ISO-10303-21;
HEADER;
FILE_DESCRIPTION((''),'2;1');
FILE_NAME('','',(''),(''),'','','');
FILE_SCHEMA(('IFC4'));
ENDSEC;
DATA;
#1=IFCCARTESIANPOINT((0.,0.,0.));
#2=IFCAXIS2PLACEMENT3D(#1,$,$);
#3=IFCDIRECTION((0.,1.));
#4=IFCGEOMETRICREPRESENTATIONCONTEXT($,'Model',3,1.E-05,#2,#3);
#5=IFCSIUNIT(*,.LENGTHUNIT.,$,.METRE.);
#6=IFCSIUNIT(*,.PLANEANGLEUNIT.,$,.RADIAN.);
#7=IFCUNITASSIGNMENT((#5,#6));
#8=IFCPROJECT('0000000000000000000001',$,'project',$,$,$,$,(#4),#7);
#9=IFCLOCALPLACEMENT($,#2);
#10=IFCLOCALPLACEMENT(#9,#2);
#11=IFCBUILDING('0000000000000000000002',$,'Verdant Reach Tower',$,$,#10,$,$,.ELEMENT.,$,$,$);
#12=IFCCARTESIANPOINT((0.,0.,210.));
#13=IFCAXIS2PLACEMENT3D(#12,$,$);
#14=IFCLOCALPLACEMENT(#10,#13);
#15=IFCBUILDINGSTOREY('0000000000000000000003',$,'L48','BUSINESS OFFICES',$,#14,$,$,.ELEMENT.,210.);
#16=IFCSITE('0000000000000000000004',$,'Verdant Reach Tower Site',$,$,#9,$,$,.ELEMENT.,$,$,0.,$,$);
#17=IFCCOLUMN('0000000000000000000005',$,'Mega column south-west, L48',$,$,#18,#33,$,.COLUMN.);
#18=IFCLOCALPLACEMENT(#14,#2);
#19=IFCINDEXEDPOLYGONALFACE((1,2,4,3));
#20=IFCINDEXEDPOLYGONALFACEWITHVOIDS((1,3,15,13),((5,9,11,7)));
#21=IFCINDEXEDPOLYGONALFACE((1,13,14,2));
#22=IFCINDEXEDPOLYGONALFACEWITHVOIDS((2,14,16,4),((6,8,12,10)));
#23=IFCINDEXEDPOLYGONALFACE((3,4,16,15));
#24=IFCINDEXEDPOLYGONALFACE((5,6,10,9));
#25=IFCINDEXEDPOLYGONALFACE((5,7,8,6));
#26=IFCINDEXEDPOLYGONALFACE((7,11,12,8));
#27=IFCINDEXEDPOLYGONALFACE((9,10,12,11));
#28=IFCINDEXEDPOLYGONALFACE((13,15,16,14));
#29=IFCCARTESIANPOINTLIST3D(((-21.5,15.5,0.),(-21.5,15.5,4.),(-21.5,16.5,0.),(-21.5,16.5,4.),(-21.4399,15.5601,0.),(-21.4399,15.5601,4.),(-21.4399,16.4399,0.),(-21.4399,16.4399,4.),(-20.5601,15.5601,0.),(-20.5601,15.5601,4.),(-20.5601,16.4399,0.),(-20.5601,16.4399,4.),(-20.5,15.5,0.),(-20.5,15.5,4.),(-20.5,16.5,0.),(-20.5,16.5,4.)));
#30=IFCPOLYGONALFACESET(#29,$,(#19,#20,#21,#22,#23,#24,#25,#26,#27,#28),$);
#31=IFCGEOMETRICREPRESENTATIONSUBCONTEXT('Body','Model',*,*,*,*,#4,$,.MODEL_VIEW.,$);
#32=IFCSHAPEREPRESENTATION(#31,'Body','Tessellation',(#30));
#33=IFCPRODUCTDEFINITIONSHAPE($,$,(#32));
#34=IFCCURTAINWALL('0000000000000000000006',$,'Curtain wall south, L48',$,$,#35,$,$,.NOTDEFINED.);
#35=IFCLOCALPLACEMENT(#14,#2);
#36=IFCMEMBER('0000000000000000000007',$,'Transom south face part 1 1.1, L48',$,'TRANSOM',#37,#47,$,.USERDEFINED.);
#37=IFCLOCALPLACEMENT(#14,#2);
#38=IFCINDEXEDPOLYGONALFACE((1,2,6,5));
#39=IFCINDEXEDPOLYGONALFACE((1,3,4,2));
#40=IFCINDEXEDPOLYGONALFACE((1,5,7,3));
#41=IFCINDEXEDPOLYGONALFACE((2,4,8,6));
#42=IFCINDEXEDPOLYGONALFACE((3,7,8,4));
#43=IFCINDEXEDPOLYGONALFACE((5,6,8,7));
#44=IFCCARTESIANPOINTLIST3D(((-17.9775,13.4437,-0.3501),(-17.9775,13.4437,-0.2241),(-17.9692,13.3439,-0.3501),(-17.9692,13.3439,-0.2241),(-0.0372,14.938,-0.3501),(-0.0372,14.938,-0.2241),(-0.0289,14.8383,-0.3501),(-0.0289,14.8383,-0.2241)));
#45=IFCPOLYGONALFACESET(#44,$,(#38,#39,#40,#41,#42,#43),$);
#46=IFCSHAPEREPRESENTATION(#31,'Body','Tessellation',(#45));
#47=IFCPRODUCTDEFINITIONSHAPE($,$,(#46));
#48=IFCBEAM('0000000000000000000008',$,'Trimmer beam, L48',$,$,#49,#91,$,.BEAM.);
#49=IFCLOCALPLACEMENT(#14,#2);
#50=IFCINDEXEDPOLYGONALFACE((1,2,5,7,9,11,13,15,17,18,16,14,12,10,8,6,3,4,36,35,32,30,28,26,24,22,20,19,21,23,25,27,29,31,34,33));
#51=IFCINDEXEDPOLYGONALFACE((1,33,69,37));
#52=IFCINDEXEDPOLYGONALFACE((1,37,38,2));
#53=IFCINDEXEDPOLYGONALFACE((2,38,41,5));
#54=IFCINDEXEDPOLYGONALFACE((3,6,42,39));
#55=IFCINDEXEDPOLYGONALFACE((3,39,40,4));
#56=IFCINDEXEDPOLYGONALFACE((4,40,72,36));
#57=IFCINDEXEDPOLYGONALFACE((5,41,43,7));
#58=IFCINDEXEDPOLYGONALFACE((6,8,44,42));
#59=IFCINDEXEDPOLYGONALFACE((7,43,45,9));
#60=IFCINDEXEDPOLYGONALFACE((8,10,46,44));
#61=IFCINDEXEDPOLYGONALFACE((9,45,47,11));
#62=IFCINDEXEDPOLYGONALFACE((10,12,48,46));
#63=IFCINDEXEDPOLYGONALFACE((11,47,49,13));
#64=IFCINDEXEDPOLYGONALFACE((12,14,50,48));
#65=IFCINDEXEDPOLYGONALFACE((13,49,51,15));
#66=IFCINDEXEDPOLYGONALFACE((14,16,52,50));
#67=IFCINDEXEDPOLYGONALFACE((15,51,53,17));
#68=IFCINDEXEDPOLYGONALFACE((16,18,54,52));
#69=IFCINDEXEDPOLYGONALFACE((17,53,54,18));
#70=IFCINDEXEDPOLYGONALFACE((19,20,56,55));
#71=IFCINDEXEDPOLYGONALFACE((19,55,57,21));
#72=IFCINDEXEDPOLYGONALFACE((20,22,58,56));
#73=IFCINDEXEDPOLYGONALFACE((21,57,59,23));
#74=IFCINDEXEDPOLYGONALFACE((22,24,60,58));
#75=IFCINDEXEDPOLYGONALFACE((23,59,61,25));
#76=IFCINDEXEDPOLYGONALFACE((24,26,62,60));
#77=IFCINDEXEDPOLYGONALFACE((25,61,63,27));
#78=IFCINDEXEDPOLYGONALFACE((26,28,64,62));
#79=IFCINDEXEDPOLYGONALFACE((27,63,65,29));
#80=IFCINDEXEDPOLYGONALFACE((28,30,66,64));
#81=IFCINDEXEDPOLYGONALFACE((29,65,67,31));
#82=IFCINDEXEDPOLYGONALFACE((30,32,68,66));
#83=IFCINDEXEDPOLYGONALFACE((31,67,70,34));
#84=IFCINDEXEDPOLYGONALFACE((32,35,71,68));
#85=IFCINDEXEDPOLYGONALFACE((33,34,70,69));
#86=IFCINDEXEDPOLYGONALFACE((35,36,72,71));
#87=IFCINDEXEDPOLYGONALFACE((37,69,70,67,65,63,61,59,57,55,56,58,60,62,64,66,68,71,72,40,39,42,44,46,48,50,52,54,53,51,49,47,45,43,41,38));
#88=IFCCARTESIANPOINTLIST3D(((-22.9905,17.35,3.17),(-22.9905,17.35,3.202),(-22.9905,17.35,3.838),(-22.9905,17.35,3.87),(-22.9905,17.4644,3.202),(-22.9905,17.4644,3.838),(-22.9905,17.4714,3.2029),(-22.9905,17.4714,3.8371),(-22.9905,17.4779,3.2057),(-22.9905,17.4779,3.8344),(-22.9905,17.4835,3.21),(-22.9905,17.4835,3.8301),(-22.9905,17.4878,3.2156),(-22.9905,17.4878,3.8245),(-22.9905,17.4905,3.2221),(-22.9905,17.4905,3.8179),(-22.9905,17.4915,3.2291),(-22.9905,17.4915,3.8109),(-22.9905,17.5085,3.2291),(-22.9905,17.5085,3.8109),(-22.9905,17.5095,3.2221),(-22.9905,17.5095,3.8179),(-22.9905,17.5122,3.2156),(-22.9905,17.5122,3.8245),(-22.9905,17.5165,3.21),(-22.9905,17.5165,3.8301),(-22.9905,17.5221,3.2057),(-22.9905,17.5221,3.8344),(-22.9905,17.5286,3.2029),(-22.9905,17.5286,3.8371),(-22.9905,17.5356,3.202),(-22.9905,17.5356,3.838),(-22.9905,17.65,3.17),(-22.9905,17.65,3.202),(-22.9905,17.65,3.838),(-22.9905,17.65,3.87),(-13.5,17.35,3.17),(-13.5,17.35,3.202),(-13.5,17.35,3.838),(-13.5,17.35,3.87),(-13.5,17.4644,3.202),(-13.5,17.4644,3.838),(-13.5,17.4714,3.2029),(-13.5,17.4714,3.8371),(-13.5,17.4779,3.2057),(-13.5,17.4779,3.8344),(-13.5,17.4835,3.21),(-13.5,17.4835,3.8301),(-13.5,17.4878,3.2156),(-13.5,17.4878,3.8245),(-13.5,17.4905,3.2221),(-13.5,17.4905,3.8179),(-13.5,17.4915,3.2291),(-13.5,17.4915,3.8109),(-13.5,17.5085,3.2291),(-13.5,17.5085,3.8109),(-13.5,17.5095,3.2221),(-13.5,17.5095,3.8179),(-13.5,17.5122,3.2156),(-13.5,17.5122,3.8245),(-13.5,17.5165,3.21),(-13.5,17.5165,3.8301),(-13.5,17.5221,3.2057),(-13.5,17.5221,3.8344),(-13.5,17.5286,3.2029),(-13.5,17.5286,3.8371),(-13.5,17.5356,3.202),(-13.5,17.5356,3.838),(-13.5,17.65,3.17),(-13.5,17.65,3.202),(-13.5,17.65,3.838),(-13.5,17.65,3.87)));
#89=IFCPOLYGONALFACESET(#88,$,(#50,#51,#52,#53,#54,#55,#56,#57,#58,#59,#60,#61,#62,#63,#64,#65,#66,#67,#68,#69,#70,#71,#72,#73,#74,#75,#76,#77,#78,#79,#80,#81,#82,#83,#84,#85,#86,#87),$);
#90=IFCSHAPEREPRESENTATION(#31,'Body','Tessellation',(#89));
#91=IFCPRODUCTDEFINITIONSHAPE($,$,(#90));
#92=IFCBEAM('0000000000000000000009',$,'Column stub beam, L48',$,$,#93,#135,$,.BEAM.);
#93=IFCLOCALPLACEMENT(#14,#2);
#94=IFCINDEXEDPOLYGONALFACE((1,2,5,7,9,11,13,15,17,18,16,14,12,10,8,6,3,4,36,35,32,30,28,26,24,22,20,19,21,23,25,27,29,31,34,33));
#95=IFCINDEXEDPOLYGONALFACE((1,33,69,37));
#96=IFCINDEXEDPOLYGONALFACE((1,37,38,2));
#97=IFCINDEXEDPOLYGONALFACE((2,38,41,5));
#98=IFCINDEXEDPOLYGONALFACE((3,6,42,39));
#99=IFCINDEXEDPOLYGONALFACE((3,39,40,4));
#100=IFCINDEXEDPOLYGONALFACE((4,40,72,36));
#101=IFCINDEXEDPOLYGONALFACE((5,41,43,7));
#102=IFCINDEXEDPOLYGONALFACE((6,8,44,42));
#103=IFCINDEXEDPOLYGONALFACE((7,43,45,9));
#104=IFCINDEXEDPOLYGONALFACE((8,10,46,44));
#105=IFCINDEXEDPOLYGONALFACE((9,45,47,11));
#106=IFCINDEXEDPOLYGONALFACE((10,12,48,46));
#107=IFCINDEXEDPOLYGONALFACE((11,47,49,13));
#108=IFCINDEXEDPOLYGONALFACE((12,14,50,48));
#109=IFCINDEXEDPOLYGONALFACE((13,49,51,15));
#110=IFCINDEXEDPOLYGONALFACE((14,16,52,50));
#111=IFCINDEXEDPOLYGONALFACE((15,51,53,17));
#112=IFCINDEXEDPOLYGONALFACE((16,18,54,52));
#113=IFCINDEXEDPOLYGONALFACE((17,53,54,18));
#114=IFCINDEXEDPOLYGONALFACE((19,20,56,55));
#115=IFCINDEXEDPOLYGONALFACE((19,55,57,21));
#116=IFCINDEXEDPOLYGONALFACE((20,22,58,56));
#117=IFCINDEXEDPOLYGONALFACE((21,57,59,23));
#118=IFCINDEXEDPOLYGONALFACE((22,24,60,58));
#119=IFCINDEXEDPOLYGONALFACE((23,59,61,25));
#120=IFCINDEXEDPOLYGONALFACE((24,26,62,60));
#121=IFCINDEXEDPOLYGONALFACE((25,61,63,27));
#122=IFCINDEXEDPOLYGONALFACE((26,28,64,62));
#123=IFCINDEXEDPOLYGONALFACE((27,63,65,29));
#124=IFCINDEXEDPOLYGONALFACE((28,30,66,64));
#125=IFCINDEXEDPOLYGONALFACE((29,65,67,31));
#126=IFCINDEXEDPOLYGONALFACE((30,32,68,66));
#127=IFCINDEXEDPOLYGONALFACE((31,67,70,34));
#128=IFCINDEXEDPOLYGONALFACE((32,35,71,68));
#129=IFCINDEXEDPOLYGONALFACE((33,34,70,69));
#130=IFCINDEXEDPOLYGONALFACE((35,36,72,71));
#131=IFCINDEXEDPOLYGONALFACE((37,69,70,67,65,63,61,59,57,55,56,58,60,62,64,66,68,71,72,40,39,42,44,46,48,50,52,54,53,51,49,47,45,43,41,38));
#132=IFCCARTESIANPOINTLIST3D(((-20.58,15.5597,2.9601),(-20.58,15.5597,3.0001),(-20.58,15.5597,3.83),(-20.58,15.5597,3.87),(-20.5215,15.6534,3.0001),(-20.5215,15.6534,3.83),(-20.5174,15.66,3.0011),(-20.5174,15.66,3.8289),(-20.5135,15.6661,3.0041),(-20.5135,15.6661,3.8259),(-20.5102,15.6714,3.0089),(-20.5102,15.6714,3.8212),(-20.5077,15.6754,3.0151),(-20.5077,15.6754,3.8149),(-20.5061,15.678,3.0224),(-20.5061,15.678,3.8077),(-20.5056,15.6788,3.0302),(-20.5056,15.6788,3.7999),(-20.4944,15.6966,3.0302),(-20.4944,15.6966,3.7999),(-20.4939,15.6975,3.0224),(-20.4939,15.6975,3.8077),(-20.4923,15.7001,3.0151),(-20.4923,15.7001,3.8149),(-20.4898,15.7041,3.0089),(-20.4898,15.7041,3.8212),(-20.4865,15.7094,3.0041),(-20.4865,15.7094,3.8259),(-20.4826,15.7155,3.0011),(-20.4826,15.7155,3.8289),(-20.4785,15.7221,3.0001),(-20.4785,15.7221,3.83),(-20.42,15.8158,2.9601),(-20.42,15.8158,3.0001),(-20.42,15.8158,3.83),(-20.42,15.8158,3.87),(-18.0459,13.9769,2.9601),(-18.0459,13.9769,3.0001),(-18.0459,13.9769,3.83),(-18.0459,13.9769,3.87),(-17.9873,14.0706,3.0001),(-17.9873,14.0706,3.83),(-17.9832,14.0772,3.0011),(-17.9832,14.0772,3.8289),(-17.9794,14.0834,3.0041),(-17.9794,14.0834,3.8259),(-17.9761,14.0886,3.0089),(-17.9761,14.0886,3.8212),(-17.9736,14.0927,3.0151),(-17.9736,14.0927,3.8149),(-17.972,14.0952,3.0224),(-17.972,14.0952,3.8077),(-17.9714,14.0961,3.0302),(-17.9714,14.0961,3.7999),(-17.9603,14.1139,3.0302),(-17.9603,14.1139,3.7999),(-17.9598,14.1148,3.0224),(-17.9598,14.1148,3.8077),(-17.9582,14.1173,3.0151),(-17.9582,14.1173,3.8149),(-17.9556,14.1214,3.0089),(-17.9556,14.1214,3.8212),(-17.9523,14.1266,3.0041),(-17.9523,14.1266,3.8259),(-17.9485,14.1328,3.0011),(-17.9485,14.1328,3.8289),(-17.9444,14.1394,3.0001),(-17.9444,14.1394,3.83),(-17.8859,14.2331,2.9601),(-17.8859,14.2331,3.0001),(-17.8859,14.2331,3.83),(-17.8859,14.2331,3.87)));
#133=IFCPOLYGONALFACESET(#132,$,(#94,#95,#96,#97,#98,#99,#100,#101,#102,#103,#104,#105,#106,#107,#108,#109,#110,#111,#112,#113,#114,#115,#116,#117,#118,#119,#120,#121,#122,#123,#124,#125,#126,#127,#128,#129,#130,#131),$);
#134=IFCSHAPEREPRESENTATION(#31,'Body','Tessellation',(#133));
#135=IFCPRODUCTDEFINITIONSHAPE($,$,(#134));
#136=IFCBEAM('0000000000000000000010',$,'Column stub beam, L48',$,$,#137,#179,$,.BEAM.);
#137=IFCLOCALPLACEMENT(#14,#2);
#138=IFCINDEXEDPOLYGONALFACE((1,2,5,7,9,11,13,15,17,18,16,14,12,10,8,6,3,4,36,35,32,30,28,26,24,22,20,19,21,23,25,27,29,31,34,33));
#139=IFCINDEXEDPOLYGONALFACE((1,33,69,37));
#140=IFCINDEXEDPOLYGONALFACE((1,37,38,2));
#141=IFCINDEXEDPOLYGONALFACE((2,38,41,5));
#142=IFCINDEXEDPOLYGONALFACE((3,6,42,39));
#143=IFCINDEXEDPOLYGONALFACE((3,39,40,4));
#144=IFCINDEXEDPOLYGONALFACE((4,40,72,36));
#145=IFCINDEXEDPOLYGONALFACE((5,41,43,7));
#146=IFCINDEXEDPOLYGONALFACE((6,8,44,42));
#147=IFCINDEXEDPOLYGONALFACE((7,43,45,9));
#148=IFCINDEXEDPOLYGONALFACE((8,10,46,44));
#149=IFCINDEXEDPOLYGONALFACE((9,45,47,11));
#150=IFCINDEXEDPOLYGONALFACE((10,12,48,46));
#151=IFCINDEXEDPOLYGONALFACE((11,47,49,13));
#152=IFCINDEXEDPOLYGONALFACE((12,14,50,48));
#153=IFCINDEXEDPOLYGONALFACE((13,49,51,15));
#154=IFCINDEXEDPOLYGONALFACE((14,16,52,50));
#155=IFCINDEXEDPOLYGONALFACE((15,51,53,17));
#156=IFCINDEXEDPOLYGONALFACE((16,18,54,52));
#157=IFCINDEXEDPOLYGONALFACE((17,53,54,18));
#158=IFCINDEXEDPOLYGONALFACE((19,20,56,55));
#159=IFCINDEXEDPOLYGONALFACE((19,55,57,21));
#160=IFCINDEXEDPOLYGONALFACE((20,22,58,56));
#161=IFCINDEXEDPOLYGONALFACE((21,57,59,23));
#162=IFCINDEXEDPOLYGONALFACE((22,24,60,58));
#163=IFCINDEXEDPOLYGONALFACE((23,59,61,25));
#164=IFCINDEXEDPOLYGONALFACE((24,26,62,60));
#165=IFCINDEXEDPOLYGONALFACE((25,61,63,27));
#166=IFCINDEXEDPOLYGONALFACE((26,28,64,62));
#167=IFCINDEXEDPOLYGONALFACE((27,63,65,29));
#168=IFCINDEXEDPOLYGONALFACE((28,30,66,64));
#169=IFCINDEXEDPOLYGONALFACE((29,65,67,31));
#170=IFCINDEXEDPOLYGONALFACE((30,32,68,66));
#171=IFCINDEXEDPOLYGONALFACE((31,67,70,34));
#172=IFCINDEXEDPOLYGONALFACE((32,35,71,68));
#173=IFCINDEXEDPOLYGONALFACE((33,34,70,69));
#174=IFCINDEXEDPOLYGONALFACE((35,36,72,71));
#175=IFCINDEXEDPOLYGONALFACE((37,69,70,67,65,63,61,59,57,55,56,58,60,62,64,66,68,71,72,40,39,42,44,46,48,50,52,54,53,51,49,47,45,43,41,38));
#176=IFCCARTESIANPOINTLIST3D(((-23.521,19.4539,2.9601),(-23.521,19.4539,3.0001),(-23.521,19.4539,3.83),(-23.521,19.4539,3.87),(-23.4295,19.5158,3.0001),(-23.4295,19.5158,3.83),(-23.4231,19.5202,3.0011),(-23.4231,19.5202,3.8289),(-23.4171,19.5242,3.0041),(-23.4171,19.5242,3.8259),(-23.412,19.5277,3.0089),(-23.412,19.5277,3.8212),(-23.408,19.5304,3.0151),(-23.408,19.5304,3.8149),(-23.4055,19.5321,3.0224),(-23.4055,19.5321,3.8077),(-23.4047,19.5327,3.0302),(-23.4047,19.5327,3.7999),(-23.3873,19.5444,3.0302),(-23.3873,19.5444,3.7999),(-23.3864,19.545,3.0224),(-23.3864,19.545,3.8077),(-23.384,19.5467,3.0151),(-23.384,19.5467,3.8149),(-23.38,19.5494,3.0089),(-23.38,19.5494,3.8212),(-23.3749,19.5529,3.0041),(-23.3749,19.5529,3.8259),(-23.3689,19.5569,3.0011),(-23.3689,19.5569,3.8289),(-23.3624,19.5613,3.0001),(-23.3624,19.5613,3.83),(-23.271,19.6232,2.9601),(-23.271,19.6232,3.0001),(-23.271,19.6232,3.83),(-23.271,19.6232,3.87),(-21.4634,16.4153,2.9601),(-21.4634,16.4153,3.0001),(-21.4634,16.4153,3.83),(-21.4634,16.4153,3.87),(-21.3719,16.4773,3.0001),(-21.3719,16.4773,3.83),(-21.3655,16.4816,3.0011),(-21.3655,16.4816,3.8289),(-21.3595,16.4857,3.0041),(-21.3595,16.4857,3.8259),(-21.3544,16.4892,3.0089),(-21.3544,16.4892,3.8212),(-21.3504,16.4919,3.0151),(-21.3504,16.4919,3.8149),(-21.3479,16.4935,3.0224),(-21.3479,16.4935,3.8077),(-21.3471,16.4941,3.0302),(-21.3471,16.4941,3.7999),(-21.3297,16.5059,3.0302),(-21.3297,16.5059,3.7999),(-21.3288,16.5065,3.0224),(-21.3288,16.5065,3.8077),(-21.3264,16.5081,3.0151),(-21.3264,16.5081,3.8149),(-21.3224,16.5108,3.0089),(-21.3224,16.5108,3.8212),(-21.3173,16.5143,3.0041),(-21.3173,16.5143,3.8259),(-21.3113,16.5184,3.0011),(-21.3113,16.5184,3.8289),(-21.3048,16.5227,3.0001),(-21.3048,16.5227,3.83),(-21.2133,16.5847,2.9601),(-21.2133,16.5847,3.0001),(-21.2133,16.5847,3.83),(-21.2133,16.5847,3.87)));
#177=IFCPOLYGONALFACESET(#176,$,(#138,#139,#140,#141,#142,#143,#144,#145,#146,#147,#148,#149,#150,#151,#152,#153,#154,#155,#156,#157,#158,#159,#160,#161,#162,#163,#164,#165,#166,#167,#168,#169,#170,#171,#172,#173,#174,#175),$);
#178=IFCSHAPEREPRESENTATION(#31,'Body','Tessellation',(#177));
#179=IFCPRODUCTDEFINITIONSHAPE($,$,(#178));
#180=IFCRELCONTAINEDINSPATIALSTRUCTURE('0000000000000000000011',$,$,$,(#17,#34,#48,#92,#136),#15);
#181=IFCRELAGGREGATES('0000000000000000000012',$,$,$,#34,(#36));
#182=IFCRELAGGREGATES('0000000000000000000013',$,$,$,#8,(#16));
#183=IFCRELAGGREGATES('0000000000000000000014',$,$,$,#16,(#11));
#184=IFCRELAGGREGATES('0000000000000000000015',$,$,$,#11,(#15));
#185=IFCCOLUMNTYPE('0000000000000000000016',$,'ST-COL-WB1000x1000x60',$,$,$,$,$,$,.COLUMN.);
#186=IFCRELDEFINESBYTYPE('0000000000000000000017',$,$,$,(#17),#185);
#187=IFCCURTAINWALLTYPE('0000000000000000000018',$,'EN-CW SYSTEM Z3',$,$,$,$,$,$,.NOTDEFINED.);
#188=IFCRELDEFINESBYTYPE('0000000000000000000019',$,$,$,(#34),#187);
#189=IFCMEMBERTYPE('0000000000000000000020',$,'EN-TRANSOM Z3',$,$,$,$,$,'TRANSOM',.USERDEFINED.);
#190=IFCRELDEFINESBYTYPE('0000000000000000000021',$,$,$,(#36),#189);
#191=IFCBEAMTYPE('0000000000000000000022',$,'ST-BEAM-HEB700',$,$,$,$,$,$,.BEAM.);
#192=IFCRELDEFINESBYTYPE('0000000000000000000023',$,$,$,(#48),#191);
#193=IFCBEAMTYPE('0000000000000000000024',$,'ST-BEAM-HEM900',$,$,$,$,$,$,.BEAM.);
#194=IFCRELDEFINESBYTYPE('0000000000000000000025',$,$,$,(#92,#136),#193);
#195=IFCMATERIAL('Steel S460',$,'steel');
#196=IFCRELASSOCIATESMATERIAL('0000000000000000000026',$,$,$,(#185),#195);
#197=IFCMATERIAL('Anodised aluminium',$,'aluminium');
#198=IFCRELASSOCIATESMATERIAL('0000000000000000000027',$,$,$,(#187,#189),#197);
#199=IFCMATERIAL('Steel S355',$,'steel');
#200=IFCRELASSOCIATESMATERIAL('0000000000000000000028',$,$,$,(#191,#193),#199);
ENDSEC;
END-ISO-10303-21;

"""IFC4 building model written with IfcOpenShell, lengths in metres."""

from ifc_helpers import new_model, si_unit, direction, frame, origin, origin_2d, place, context, subcontext, project, spatial, rectangle, hollow_rectangle, i_section, extrude, material, material_profile, profile_set, type_object, element, aggregate, save


model = new_model("IFC4")

# Units and contexts
model_context = context("Model", 3, precision=1e-05, world=origin(), true_north=direction((0.0, 1.0)))
body_context = subcontext(model_context, "Body", "Model", "MODEL_VIEW")
ifc_project = project(units=[si_unit("LENGTHUNIT", "METRE"), si_unit("PLANEANGLEUNIT", "RADIAN")], contexts=[model_context])

# Site, building, storey
site_placement = place(None, origin())
site = spatial("IfcSite", under=ifc_project, at=site_placement, Name="Verdant Reach Tower Site", CompositionType="ELEMENT", RefElevation=0.0)
building_placement = place(site_placement, origin())
building = spatial("IfcBuilding", under=site, at=building_placement, Name="Verdant Reach Tower", CompositionType="ELEMENT")
storey_placement = place(building_placement, frame((0.0, 0.0, 210.0)))
storey = spatial("IfcBuildingStorey", under=building, at=storey_placement, Name="L48", Description="BUSINESS OFFICES", CompositionType="ELEMENT", Elevation=210.0)

# Column
ifc_material_1 = material(Name="Steel S460", Category="steel")
ifc_material_profile_1 = material_profile(ifc_material_1, hollow_rectangle(XDim=1.0, YDim=1.0, WallThickness=0.0601, at=origin_2d()), Name="WB 1000x1000x60")
ifc_profile_set_1 = profile_set([ifc_material_profile_1], Name="Steel S460")
column_type = type_object("IfcColumnType", Name="ST-COL-WB1000x1000x60", PredefinedType="COLUMN", material=ifc_profile_set_1)
column_placement = place(storey_placement, frame((-21.0, 16.0, 0.0), z_axis=(0.0, 0.0, 1.0), x_axis=(1.0, 0.0, 0.0)))
element("IfcColumn", 1, at=column_placement, inside=storey, type_object=column_type, Name="Mega column south-west, L48", PredefinedType="COLUMN", context=body_context, shape_type="SweptSolid", body=[
    extrude(hollow_rectangle(XDim=1.0, YDim=1.0, WallThickness=0.0601, at=origin_2d()), origin(), (0.0, 0.0, 1.0), 4.0),
])

# Curtain wall, member
ifc_material_2 = material(Name="Anodised aluminium", Category="aluminium")
curtain_wall_type = type_object("IfcCurtainWallType", Name="EN-CW SYSTEM Z3", PredefinedType="NOTDEFINED", material=ifc_material_2)
curtain_wall_1_placement = place(storey_placement, origin())
curtain_wall_1 = element("IfcCurtainWall", 2, at=curtain_wall_1_placement, inside=storey, type_object=curtain_wall_type, Name="Curtain wall south, L48", PredefinedType="NOTDEFINED")
ifc_material_profile_2 = material_profile(ifc_material_2, rectangle(XDim=0.1001, YDim=0.126, at=origin_2d()), Name="Transom 126x100")
ifc_profile_set_2 = profile_set([ifc_material_profile_2], Name="Anodised aluminium")
member_type = type_object("IfcMemberType", Name="EN-TRANSOM Z3", ElementType="TRANSOM", PredefinedType="USERDEFINED", material=ifc_profile_set_2)
member_placement = place(storey_placement, frame((-17.9734, 13.3938, -0.2871), z_axis=(0.996549, 0.08301, 0.0), x_axis=(-0.08301, 0.996549, 0.0)))
member = element("IfcMember", 3, at=member_placement, type_object=member_type, Name="Transom south face part 1 1.1, L48", ObjectType="TRANSOM", PredefinedType="USERDEFINED", context=body_context, shape_type="SweptSolid", body=[
    extrude(rectangle(XDim=0.1001, YDim=0.126, at=origin_2d()), origin(), (0.0, 0.0, 1.0), 18.0024),
])

# Beams
ifc_material_3 = material(Name="Steel S355", Category="steel")
ifc_material_profile_3 = material_profile(ifc_material_3, i_section(OverallWidth=0.3, OverallDepth=0.7, WebThickness=0.0171, FlangeThickness=0.032, FilletRadius=0.0271, at=origin_2d()), Name="HEB 700")
ifc_profile_set_3 = profile_set([ifc_material_profile_3], Name="Steel S355")
beam_type_1 = type_object("IfcBeamType", Name="ST-BEAM-HEB700", PredefinedType="BEAM", material=ifc_profile_set_3)
beam_1_placement = place(storey_placement, frame((-13.5, 17.5, 3.52), z_axis=(-1.0, 0.0, 0.0), x_axis=(0.0, -1.0, 0.0)))
element("IfcBeam", 4, at=beam_1_placement, inside=storey, type_object=beam_type_1, Name="Trimmer beam, L48", PredefinedType="BEAM", context=body_context, shape_type="SweptSolid", body=[
    extrude(i_section(OverallWidth=0.3, OverallDepth=0.7, WebThickness=0.0171, FlangeThickness=0.032, FilletRadius=0.0271, at=origin_2d()), origin(), (0.0, 0.0, 1.0), 9.4905),
])
ifc_material_profile_4 = material_profile(ifc_material_3, i_section(OverallWidth=0.302, OverallDepth=0.9099, WebThickness=0.021, FlangeThickness=0.04, FilletRadius=0.03, at=origin_2d()), Name="HEM 900")
ifc_profile_set_4 = profile_set([ifc_material_profile_4], Name="Steel S355")
beam_type_2 = type_object("IfcBeamType", Name="ST-BEAM-HEM900", PredefinedType="BEAM", material=ifc_profile_set_4)
beam_2_placement = place(storey_placement, frame((-20.5, 15.6877, 3.415), z_axis=(0.848164, -0.529735, 0.0), x_axis=(0.529735, 0.848164, 0.0)))
element("IfcBeam", 5, at=beam_2_placement, inside=storey, type_object=beam_type_2, Name="Column stub beam, L48", PredefinedType="BEAM", context=body_context, shape_type="SweptSolid", body=[
    extrude(i_section(OverallWidth=0.302, OverallDepth=0.9099, WebThickness=0.021, FlangeThickness=0.04, FilletRadius=0.03, at=origin_2d()), origin(), (0.0, 0.0, 1.0), 2.9878),
])
beam_3_placement = place(storey_placement, frame((-21.3384, 16.5, 3.415), z_axis=(-0.560704, 0.828016, 0.0), x_axis=(-0.828016, -0.560704, 0.0)))
element("IfcBeam", 6, at=beam_3_placement, inside=storey, type_object=beam_type_2, Name="Column stub beam, L48", PredefinedType="BEAM", context=body_context, shape_type="SweptSolid", body=[
    extrude(i_section(OverallWidth=0.302, OverallDepth=0.9099, WebThickness=0.021, FlangeThickness=0.04, FilletRadius=0.03, at=origin_2d()), origin(), (0.0, 0.0, 1.0), 3.6697),
])

aggregate(curtain_wall_1, [member])

save(model, "model.ifc")
